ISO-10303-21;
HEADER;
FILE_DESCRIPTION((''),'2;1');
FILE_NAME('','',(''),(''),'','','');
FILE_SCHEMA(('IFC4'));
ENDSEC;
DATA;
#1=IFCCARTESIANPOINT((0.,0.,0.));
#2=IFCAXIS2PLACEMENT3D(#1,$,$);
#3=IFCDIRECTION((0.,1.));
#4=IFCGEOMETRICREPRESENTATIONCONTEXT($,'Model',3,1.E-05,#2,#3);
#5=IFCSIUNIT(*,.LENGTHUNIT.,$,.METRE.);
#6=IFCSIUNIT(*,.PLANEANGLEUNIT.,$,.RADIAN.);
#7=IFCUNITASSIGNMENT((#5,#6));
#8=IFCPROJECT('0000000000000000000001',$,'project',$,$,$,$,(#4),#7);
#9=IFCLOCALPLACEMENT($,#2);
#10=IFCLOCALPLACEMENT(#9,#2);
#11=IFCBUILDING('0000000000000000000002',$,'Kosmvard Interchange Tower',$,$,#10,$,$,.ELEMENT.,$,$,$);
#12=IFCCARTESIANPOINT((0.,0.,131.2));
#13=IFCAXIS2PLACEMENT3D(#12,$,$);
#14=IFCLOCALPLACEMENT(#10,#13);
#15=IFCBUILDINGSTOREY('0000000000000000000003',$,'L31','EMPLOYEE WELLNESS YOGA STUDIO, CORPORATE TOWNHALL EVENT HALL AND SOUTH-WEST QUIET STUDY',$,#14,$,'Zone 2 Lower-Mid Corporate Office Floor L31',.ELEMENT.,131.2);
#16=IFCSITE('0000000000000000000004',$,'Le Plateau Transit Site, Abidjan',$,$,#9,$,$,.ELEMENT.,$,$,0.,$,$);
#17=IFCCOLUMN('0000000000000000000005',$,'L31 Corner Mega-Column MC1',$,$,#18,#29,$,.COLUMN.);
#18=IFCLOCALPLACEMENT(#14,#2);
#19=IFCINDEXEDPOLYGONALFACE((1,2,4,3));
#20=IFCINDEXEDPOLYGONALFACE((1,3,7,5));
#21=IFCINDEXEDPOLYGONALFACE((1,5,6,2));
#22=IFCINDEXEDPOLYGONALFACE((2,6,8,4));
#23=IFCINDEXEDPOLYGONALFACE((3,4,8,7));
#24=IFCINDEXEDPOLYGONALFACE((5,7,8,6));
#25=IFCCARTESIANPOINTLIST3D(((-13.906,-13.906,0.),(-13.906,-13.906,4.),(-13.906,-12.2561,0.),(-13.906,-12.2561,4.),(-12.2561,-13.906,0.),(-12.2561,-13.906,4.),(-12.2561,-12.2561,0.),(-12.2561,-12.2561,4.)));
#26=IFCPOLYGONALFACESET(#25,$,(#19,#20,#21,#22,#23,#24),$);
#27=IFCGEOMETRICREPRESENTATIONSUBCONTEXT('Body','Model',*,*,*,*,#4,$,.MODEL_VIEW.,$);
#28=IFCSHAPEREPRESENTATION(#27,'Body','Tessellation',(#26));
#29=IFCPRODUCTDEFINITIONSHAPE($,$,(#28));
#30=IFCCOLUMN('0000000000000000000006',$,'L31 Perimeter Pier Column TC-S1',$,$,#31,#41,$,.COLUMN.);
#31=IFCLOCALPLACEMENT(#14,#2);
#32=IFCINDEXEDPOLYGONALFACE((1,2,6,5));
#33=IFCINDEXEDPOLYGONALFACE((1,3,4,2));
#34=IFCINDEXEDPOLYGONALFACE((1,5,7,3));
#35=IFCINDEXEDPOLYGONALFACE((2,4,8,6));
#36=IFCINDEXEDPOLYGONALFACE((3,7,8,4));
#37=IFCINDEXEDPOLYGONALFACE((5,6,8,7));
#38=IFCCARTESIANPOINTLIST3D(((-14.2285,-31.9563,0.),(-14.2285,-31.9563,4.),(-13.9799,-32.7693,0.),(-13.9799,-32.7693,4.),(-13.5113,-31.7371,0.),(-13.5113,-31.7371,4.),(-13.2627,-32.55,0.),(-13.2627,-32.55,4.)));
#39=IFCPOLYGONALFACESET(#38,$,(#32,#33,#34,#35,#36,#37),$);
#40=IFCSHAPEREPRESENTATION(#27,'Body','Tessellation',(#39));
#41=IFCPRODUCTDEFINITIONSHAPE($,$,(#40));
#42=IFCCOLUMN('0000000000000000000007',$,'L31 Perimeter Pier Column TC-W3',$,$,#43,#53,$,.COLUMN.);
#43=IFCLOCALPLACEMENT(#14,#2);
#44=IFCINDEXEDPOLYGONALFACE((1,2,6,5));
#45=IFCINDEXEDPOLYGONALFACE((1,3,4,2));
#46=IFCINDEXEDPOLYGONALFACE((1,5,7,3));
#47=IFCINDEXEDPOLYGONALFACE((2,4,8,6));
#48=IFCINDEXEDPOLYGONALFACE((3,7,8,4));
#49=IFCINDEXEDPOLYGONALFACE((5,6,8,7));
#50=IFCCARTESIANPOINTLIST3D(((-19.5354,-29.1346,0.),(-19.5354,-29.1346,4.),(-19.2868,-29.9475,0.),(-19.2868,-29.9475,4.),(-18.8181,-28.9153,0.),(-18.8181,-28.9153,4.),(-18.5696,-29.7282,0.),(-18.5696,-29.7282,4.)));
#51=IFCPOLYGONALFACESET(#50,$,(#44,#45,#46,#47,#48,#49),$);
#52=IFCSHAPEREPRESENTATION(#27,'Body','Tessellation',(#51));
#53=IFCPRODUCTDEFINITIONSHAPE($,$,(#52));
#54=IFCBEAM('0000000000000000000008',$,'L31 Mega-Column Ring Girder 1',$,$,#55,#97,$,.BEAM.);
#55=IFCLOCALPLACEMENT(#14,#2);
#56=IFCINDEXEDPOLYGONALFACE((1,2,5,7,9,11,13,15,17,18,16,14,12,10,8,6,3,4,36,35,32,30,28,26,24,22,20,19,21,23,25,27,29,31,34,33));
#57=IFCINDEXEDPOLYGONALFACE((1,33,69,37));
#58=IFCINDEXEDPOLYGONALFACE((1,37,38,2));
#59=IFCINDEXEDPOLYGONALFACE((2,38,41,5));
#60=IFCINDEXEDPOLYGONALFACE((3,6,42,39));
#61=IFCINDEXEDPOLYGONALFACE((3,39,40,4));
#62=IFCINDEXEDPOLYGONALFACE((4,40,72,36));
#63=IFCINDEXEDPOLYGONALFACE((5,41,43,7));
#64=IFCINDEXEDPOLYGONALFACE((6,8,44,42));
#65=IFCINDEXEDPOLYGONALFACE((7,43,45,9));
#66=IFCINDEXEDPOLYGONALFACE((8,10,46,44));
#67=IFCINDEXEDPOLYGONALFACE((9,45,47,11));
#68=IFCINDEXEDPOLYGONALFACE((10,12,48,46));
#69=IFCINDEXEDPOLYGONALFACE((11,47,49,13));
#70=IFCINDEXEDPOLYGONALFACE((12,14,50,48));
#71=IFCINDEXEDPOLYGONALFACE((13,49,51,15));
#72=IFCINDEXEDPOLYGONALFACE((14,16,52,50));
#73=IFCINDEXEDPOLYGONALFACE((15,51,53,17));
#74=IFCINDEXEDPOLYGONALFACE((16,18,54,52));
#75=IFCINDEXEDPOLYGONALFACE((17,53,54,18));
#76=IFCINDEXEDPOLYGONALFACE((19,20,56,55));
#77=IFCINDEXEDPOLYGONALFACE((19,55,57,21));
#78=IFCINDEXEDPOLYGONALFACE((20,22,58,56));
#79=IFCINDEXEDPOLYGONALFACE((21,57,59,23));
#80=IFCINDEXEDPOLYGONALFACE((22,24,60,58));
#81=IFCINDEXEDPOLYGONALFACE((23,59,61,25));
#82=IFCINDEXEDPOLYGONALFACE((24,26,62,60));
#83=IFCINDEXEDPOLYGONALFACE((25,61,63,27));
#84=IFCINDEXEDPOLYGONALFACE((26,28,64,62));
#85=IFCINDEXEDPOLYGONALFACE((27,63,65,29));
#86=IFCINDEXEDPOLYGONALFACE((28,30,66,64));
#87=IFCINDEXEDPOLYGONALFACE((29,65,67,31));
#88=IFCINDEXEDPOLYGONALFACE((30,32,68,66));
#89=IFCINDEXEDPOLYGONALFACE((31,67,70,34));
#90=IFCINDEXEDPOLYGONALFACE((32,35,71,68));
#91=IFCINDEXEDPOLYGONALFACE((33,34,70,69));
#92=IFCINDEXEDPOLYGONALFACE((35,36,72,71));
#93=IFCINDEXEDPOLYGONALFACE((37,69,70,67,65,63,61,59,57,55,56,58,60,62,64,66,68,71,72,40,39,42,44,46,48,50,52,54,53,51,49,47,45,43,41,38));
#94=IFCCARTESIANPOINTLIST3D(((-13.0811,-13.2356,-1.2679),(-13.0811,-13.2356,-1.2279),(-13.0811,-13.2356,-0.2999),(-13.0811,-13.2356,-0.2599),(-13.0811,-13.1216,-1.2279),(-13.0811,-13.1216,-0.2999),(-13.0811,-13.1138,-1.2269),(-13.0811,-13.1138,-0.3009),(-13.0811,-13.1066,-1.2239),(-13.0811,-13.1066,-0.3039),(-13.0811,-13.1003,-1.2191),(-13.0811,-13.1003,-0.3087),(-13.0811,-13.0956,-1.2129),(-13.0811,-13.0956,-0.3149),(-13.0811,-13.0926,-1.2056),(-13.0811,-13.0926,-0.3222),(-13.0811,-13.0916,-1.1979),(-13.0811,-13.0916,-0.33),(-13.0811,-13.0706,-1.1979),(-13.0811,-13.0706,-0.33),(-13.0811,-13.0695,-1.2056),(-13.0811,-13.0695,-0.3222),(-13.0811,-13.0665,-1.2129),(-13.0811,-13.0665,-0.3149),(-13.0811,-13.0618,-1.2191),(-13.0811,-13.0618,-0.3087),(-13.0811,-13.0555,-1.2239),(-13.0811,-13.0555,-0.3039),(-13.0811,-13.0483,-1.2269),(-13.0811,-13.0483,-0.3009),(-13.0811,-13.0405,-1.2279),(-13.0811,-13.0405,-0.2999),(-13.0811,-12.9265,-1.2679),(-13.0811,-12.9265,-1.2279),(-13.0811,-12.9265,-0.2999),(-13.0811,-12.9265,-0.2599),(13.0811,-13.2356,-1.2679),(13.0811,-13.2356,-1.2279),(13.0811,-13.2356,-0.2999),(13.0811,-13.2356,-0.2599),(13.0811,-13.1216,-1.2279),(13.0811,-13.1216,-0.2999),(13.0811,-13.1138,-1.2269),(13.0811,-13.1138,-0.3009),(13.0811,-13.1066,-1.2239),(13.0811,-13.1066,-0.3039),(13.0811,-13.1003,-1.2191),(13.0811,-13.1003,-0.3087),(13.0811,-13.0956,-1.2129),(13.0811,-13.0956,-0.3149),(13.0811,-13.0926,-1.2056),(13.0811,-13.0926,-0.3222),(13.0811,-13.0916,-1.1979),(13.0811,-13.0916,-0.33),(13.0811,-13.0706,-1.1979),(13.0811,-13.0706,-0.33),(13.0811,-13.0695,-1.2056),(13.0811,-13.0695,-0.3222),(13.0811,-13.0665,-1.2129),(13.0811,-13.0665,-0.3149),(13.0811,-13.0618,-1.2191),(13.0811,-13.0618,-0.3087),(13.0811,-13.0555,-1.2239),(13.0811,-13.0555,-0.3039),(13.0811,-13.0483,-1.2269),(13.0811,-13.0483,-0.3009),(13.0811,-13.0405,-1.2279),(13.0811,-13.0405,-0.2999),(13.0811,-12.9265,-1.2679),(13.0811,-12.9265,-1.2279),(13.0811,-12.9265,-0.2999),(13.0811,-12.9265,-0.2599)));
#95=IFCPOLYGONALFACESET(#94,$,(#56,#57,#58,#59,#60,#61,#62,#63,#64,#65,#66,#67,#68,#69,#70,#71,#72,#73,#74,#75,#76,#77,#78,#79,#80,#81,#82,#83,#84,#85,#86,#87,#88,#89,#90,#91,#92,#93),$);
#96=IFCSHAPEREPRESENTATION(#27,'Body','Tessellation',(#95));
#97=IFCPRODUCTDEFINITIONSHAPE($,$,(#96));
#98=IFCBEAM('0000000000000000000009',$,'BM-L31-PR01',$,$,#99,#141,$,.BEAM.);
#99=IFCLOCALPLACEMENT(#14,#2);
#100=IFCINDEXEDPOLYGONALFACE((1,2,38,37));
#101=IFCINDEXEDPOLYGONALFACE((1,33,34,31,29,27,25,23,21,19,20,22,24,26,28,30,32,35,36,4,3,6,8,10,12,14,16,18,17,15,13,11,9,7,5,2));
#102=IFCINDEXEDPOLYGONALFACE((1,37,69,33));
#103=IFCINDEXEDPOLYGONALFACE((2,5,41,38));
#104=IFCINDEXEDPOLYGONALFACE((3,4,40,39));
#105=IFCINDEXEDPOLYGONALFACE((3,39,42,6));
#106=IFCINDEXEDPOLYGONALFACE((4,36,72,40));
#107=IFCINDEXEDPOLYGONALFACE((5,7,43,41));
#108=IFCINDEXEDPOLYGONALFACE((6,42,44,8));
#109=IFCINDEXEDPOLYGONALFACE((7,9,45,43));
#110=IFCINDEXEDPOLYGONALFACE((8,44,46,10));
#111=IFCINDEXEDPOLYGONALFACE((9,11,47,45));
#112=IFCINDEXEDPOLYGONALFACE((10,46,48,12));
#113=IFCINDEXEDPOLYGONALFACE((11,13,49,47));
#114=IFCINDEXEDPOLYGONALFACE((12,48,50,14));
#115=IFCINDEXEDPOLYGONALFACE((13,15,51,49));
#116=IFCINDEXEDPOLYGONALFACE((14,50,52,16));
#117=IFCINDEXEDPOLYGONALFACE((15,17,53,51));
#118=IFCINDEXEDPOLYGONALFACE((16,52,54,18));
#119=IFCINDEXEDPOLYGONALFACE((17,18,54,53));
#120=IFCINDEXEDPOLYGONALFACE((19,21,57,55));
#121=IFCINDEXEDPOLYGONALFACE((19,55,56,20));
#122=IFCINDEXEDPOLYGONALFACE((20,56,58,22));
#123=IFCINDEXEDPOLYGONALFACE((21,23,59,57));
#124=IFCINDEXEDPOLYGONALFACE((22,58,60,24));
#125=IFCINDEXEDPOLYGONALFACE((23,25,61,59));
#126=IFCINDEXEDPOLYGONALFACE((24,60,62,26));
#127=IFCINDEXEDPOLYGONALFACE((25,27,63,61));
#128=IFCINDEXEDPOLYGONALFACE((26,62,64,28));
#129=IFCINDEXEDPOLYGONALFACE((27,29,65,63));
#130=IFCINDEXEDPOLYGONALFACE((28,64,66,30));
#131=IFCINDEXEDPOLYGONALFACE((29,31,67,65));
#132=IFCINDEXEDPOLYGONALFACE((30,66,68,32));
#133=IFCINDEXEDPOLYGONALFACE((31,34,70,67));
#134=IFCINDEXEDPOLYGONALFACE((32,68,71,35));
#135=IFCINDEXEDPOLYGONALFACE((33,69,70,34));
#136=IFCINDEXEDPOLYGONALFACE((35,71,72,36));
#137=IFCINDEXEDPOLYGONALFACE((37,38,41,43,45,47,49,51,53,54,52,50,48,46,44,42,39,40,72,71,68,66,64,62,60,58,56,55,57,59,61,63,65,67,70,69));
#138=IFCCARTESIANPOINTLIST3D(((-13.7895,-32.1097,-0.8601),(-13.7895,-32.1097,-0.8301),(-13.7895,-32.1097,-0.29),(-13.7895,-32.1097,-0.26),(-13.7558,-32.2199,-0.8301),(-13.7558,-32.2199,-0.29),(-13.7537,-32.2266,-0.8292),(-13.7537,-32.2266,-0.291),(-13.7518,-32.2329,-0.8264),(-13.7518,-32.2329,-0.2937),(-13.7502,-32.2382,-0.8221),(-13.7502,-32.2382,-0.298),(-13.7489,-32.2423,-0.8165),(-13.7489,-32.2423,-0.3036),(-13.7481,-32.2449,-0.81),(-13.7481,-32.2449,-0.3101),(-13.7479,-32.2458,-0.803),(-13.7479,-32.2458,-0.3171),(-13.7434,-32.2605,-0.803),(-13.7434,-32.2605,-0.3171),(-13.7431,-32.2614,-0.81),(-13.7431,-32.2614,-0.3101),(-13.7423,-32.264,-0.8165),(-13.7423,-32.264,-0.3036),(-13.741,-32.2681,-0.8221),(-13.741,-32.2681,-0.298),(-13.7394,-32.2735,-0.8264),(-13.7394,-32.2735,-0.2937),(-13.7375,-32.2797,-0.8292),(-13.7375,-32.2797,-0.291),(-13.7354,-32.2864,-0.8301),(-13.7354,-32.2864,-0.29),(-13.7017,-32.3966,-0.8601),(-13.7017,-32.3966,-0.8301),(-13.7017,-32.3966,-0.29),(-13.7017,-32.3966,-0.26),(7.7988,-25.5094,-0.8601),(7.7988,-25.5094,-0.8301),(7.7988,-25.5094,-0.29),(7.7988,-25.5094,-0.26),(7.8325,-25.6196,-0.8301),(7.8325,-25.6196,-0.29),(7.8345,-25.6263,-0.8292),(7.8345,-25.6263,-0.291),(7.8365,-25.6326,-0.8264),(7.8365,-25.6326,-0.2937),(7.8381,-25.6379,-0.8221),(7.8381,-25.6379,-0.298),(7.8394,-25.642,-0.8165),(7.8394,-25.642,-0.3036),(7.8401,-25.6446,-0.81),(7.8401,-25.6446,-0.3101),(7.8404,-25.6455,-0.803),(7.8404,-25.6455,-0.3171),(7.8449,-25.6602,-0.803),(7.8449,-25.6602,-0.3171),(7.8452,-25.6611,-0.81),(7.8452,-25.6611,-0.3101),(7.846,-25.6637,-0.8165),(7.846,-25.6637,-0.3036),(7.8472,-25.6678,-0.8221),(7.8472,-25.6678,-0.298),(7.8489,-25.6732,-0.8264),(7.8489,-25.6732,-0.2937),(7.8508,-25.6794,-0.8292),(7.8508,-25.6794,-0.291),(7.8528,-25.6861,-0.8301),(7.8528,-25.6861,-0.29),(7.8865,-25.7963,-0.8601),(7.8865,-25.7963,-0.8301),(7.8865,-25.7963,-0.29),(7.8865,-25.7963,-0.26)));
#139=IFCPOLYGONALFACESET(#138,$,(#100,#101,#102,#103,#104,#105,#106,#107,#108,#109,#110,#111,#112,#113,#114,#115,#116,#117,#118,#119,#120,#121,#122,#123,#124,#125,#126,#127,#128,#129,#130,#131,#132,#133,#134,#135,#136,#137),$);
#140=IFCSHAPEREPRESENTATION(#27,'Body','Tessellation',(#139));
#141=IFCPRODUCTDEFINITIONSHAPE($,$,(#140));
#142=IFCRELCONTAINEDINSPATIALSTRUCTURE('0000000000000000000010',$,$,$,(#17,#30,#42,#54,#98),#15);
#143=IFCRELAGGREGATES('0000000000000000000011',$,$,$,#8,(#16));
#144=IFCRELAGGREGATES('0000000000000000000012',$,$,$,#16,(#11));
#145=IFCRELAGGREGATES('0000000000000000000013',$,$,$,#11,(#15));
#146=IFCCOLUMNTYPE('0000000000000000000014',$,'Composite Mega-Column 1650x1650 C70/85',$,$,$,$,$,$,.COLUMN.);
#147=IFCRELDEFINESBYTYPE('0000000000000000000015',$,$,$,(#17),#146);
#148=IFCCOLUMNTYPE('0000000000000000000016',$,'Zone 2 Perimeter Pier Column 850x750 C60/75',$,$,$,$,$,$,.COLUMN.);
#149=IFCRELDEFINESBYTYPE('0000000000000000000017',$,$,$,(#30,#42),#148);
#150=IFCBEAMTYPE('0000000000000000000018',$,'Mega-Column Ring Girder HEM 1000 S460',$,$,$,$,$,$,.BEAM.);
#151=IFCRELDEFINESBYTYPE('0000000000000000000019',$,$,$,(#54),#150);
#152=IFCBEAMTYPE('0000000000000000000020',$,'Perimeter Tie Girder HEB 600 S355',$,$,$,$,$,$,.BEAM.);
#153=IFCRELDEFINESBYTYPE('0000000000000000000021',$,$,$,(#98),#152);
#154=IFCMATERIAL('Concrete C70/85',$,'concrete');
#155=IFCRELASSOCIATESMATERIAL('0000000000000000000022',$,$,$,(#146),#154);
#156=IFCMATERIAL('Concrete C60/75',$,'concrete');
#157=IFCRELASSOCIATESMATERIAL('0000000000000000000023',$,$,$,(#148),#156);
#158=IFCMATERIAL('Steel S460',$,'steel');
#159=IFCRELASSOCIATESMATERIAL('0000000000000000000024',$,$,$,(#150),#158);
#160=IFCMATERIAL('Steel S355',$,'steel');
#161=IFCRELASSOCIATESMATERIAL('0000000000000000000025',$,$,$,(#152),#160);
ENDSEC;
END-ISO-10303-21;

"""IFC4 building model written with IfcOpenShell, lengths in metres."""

from ifc_helpers import new_model, si_unit, direction, frame, origin, origin_2d, place, context, subcontext, project, spatial, rectangle, i_section, extrude, source, transform, mapped, material, material_profile, profile_set, type_object, element, save


model = new_model("IFC4")

# Units and contexts
model_context = context("Model", 3, precision=1e-05, world=origin(), true_north=direction((0.0, 1.0)))
body_context = subcontext(model_context, "Body", "Model", "MODEL_VIEW")
ifc_project = project(units=[si_unit("LENGTHUNIT", "METRE"), si_unit("PLANEANGLEUNIT", "RADIAN")], contexts=[model_context])

# Site, building, storey
site_placement = place(None, origin())
site = spatial("IfcSite", under=ifc_project, at=site_placement, Name="Le Plateau Transit Site, Abidjan", CompositionType="ELEMENT", RefElevation=0.0)
building_placement = place(site_placement, origin())
building = spatial("IfcBuilding", under=site, at=building_placement, Name="Kosmvard Interchange Tower", CompositionType="ELEMENT")
storey_placement = place(building_placement, frame((0.0, 0.0, 131.2)))
storey = spatial("IfcBuildingStorey", under=building, at=storey_placement, Name="L31", Description="EMPLOYEE WELLNESS YOGA STUDIO, CORPORATE TOWNHALL EVENT HALL AND SOUTH-WEST QUIET STUDY", LongName="Zone 2 Lower-Mid Corporate Office Floor L31", CompositionType="ELEMENT", Elevation=131.2)

# Columns
ifc_material_1 = material(Name="Concrete C70/85", Category="concrete")
ifc_material_profile_1 = material_profile(ifc_material_1, rectangle(XDim=1.6499, YDim=1.6499, at=origin_2d()), Name="MC 1650x1650")
ifc_profile_set_1 = profile_set([ifc_material_profile_1], Name="Concrete C70/85")
column_type_1 = type_object("IfcColumnType", Name="Composite Mega-Column 1650x1650 C70/85", PredefinedType="COLUMN", material=ifc_profile_set_1)
shared_shape_1 = source(origin(), body_context, "Body", "SweptSolid", [
    extrude(rectangle(XDim=1.6499, YDim=1.6499, at=origin_2d()), origin(), (0.0, 0.0, 1.0), 4.0),
])
column_placement = place(storey_placement, frame((-13.0811, -13.0811, 0.0), z_axis=(0.0, 0.0, 1.0), x_axis=(1.0, 0.0, 0.0)))
element("IfcColumn", 1, at=column_placement, inside=storey, type_object=column_type_1, Name="L31 Corner Mega-Column MC1", PredefinedType="COLUMN", context=body_context, shape_type="MappedRepresentation", body=[
    mapped(shared_shape_1, transform((0.0, 0.0, 0.0), scale=1.0)),
])
ifc_material_2 = material(Name="Concrete C60/75", Category="concrete")
ifc_material_profile_2 = material_profile(ifc_material_2, rectangle(XDim=0.75, YDim=0.8501, at=origin_2d()), Name="TC 850x750")
ifc_profile_set_2 = profile_set([ifc_material_profile_2], Name="Concrete C60/75")
column_type_2 = type_object("IfcColumnType", Name="Zone 2 Perimeter Pier Column 850x750 C60/75", PredefinedType="COLUMN", material=ifc_profile_set_2)
shared_shape_2 = source(origin(), body_context, "Body", "SweptSolid", [
    extrude(rectangle(XDim=0.75, YDim=0.8501, at=origin_2d()), origin(), (0.0, 0.0, 1.0), 4.0),
])
for number, where, z_axis, x_axis, name in (
    (2, (-13.7456, -32.2532, 0.0), (0.0, 0.0, 1.0), (0.956305, 0.292372, 0.0), "L31 Perimeter Pier Column TC-S1"),
    (3, (-19.0525, -29.4314, 0.0), (0.0, 0.0, 1.0), (0.956305, 0.292372, 0.0), "L31 Perimeter Pier Column TC-W3"),
):
    element("IfcColumn", number, at=place(storey_placement, frame(where, z_axis=z_axis, x_axis=x_axis)), inside=storey, type_object=column_type_2, Name=name, PredefinedType="COLUMN", context=body_context, shape_type="MappedRepresentation", body=[
        mapped(shared_shape_2, transform((0.0, 0.0, 0.0), scale=1.0)),
    ])

# Beams
ifc_material_3 = material(Name="Steel S460", Category="steel")
ifc_material_profile_3 = material_profile(ifc_material_3, i_section(OverallWidth=0.3091, OverallDepth=1.0081, WebThickness=0.021, FlangeThickness=0.04, FilletRadius=0.03, at=origin_2d()), Name="HEM 1000")
ifc_profile_set_3 = profile_set([ifc_material_profile_3], Name="Steel S460")
beam_type_1 = type_object("IfcBeamType", Name="Mega-Column Ring Girder HEM 1000 S460", PredefinedType="BEAM", material=ifc_profile_set_3)
shared_shape_3 = source(origin(), body_context, "Body", "SweptSolid", [
    extrude(i_section(OverallWidth=0.3091, OverallDepth=1.0081, WebThickness=0.021, FlangeThickness=0.04, FilletRadius=0.03, at=origin_2d()), origin(), (0.0, 0.0, 1.0), 26.1621),
])
beam_1_placement = place(storey_placement, frame((-13.0811, -13.0811, -0.7639), z_axis=(1.0, 0.0, 0.0), x_axis=(0.0, 1.0, 0.0)))
element("IfcBeam", 4, at=beam_1_placement, inside=storey, type_object=beam_type_1, Name="L31 Mega-Column Ring Girder 1", PredefinedType="BEAM", context=body_context, shape_type="MappedRepresentation", body=[
    mapped(shared_shape_3, transform((0.0, 0.0, 0.0), scale=1.0)),
])
ifc_material_4 = material(Name="Steel S355", Category="steel")
ifc_material_profile_4 = material_profile(ifc_material_4, i_section(OverallWidth=0.3, OverallDepth=0.6001, WebThickness=0.0154, FlangeThickness=0.03, FilletRadius=0.0271, at=origin_2d()), Name="HEB 600")
ifc_profile_set_4 = profile_set([ifc_material_profile_4], Name="Steel S355")
beam_type_2 = type_object("IfcBeamType", Name="Perimeter Tie Girder HEB 600 S355", PredefinedType="BEAM", material=ifc_profile_set_4)
shared_shape_4 = source(origin(), body_context, "Body", "SweptSolid", [
    extrude(i_section(OverallWidth=0.3, OverallDepth=0.6001, WebThickness=0.0154, FlangeThickness=0.03, FilletRadius=0.0271, at=origin_2d()), origin(), (0.0, 0.0, 1.0), 22.5747),
])
beam_2_placement = place(storey_placement, frame((-13.7456, -32.2532, -0.5601), z_axis=(0.956303, 0.292376, 0.0), x_axis=(-0.292376, 0.956303, 0.0)))
element("IfcBeam", 5, at=beam_2_placement, inside=storey, type_object=beam_type_2, Name="BM-L31-PR01", PredefinedType="BEAM", context=body_context, shape_type="MappedRepresentation", body=[
    mapped(shared_shape_4, transform((0.0, 0.0, 0.0), scale=1.0)),
])

save(model, "model.ifc")
